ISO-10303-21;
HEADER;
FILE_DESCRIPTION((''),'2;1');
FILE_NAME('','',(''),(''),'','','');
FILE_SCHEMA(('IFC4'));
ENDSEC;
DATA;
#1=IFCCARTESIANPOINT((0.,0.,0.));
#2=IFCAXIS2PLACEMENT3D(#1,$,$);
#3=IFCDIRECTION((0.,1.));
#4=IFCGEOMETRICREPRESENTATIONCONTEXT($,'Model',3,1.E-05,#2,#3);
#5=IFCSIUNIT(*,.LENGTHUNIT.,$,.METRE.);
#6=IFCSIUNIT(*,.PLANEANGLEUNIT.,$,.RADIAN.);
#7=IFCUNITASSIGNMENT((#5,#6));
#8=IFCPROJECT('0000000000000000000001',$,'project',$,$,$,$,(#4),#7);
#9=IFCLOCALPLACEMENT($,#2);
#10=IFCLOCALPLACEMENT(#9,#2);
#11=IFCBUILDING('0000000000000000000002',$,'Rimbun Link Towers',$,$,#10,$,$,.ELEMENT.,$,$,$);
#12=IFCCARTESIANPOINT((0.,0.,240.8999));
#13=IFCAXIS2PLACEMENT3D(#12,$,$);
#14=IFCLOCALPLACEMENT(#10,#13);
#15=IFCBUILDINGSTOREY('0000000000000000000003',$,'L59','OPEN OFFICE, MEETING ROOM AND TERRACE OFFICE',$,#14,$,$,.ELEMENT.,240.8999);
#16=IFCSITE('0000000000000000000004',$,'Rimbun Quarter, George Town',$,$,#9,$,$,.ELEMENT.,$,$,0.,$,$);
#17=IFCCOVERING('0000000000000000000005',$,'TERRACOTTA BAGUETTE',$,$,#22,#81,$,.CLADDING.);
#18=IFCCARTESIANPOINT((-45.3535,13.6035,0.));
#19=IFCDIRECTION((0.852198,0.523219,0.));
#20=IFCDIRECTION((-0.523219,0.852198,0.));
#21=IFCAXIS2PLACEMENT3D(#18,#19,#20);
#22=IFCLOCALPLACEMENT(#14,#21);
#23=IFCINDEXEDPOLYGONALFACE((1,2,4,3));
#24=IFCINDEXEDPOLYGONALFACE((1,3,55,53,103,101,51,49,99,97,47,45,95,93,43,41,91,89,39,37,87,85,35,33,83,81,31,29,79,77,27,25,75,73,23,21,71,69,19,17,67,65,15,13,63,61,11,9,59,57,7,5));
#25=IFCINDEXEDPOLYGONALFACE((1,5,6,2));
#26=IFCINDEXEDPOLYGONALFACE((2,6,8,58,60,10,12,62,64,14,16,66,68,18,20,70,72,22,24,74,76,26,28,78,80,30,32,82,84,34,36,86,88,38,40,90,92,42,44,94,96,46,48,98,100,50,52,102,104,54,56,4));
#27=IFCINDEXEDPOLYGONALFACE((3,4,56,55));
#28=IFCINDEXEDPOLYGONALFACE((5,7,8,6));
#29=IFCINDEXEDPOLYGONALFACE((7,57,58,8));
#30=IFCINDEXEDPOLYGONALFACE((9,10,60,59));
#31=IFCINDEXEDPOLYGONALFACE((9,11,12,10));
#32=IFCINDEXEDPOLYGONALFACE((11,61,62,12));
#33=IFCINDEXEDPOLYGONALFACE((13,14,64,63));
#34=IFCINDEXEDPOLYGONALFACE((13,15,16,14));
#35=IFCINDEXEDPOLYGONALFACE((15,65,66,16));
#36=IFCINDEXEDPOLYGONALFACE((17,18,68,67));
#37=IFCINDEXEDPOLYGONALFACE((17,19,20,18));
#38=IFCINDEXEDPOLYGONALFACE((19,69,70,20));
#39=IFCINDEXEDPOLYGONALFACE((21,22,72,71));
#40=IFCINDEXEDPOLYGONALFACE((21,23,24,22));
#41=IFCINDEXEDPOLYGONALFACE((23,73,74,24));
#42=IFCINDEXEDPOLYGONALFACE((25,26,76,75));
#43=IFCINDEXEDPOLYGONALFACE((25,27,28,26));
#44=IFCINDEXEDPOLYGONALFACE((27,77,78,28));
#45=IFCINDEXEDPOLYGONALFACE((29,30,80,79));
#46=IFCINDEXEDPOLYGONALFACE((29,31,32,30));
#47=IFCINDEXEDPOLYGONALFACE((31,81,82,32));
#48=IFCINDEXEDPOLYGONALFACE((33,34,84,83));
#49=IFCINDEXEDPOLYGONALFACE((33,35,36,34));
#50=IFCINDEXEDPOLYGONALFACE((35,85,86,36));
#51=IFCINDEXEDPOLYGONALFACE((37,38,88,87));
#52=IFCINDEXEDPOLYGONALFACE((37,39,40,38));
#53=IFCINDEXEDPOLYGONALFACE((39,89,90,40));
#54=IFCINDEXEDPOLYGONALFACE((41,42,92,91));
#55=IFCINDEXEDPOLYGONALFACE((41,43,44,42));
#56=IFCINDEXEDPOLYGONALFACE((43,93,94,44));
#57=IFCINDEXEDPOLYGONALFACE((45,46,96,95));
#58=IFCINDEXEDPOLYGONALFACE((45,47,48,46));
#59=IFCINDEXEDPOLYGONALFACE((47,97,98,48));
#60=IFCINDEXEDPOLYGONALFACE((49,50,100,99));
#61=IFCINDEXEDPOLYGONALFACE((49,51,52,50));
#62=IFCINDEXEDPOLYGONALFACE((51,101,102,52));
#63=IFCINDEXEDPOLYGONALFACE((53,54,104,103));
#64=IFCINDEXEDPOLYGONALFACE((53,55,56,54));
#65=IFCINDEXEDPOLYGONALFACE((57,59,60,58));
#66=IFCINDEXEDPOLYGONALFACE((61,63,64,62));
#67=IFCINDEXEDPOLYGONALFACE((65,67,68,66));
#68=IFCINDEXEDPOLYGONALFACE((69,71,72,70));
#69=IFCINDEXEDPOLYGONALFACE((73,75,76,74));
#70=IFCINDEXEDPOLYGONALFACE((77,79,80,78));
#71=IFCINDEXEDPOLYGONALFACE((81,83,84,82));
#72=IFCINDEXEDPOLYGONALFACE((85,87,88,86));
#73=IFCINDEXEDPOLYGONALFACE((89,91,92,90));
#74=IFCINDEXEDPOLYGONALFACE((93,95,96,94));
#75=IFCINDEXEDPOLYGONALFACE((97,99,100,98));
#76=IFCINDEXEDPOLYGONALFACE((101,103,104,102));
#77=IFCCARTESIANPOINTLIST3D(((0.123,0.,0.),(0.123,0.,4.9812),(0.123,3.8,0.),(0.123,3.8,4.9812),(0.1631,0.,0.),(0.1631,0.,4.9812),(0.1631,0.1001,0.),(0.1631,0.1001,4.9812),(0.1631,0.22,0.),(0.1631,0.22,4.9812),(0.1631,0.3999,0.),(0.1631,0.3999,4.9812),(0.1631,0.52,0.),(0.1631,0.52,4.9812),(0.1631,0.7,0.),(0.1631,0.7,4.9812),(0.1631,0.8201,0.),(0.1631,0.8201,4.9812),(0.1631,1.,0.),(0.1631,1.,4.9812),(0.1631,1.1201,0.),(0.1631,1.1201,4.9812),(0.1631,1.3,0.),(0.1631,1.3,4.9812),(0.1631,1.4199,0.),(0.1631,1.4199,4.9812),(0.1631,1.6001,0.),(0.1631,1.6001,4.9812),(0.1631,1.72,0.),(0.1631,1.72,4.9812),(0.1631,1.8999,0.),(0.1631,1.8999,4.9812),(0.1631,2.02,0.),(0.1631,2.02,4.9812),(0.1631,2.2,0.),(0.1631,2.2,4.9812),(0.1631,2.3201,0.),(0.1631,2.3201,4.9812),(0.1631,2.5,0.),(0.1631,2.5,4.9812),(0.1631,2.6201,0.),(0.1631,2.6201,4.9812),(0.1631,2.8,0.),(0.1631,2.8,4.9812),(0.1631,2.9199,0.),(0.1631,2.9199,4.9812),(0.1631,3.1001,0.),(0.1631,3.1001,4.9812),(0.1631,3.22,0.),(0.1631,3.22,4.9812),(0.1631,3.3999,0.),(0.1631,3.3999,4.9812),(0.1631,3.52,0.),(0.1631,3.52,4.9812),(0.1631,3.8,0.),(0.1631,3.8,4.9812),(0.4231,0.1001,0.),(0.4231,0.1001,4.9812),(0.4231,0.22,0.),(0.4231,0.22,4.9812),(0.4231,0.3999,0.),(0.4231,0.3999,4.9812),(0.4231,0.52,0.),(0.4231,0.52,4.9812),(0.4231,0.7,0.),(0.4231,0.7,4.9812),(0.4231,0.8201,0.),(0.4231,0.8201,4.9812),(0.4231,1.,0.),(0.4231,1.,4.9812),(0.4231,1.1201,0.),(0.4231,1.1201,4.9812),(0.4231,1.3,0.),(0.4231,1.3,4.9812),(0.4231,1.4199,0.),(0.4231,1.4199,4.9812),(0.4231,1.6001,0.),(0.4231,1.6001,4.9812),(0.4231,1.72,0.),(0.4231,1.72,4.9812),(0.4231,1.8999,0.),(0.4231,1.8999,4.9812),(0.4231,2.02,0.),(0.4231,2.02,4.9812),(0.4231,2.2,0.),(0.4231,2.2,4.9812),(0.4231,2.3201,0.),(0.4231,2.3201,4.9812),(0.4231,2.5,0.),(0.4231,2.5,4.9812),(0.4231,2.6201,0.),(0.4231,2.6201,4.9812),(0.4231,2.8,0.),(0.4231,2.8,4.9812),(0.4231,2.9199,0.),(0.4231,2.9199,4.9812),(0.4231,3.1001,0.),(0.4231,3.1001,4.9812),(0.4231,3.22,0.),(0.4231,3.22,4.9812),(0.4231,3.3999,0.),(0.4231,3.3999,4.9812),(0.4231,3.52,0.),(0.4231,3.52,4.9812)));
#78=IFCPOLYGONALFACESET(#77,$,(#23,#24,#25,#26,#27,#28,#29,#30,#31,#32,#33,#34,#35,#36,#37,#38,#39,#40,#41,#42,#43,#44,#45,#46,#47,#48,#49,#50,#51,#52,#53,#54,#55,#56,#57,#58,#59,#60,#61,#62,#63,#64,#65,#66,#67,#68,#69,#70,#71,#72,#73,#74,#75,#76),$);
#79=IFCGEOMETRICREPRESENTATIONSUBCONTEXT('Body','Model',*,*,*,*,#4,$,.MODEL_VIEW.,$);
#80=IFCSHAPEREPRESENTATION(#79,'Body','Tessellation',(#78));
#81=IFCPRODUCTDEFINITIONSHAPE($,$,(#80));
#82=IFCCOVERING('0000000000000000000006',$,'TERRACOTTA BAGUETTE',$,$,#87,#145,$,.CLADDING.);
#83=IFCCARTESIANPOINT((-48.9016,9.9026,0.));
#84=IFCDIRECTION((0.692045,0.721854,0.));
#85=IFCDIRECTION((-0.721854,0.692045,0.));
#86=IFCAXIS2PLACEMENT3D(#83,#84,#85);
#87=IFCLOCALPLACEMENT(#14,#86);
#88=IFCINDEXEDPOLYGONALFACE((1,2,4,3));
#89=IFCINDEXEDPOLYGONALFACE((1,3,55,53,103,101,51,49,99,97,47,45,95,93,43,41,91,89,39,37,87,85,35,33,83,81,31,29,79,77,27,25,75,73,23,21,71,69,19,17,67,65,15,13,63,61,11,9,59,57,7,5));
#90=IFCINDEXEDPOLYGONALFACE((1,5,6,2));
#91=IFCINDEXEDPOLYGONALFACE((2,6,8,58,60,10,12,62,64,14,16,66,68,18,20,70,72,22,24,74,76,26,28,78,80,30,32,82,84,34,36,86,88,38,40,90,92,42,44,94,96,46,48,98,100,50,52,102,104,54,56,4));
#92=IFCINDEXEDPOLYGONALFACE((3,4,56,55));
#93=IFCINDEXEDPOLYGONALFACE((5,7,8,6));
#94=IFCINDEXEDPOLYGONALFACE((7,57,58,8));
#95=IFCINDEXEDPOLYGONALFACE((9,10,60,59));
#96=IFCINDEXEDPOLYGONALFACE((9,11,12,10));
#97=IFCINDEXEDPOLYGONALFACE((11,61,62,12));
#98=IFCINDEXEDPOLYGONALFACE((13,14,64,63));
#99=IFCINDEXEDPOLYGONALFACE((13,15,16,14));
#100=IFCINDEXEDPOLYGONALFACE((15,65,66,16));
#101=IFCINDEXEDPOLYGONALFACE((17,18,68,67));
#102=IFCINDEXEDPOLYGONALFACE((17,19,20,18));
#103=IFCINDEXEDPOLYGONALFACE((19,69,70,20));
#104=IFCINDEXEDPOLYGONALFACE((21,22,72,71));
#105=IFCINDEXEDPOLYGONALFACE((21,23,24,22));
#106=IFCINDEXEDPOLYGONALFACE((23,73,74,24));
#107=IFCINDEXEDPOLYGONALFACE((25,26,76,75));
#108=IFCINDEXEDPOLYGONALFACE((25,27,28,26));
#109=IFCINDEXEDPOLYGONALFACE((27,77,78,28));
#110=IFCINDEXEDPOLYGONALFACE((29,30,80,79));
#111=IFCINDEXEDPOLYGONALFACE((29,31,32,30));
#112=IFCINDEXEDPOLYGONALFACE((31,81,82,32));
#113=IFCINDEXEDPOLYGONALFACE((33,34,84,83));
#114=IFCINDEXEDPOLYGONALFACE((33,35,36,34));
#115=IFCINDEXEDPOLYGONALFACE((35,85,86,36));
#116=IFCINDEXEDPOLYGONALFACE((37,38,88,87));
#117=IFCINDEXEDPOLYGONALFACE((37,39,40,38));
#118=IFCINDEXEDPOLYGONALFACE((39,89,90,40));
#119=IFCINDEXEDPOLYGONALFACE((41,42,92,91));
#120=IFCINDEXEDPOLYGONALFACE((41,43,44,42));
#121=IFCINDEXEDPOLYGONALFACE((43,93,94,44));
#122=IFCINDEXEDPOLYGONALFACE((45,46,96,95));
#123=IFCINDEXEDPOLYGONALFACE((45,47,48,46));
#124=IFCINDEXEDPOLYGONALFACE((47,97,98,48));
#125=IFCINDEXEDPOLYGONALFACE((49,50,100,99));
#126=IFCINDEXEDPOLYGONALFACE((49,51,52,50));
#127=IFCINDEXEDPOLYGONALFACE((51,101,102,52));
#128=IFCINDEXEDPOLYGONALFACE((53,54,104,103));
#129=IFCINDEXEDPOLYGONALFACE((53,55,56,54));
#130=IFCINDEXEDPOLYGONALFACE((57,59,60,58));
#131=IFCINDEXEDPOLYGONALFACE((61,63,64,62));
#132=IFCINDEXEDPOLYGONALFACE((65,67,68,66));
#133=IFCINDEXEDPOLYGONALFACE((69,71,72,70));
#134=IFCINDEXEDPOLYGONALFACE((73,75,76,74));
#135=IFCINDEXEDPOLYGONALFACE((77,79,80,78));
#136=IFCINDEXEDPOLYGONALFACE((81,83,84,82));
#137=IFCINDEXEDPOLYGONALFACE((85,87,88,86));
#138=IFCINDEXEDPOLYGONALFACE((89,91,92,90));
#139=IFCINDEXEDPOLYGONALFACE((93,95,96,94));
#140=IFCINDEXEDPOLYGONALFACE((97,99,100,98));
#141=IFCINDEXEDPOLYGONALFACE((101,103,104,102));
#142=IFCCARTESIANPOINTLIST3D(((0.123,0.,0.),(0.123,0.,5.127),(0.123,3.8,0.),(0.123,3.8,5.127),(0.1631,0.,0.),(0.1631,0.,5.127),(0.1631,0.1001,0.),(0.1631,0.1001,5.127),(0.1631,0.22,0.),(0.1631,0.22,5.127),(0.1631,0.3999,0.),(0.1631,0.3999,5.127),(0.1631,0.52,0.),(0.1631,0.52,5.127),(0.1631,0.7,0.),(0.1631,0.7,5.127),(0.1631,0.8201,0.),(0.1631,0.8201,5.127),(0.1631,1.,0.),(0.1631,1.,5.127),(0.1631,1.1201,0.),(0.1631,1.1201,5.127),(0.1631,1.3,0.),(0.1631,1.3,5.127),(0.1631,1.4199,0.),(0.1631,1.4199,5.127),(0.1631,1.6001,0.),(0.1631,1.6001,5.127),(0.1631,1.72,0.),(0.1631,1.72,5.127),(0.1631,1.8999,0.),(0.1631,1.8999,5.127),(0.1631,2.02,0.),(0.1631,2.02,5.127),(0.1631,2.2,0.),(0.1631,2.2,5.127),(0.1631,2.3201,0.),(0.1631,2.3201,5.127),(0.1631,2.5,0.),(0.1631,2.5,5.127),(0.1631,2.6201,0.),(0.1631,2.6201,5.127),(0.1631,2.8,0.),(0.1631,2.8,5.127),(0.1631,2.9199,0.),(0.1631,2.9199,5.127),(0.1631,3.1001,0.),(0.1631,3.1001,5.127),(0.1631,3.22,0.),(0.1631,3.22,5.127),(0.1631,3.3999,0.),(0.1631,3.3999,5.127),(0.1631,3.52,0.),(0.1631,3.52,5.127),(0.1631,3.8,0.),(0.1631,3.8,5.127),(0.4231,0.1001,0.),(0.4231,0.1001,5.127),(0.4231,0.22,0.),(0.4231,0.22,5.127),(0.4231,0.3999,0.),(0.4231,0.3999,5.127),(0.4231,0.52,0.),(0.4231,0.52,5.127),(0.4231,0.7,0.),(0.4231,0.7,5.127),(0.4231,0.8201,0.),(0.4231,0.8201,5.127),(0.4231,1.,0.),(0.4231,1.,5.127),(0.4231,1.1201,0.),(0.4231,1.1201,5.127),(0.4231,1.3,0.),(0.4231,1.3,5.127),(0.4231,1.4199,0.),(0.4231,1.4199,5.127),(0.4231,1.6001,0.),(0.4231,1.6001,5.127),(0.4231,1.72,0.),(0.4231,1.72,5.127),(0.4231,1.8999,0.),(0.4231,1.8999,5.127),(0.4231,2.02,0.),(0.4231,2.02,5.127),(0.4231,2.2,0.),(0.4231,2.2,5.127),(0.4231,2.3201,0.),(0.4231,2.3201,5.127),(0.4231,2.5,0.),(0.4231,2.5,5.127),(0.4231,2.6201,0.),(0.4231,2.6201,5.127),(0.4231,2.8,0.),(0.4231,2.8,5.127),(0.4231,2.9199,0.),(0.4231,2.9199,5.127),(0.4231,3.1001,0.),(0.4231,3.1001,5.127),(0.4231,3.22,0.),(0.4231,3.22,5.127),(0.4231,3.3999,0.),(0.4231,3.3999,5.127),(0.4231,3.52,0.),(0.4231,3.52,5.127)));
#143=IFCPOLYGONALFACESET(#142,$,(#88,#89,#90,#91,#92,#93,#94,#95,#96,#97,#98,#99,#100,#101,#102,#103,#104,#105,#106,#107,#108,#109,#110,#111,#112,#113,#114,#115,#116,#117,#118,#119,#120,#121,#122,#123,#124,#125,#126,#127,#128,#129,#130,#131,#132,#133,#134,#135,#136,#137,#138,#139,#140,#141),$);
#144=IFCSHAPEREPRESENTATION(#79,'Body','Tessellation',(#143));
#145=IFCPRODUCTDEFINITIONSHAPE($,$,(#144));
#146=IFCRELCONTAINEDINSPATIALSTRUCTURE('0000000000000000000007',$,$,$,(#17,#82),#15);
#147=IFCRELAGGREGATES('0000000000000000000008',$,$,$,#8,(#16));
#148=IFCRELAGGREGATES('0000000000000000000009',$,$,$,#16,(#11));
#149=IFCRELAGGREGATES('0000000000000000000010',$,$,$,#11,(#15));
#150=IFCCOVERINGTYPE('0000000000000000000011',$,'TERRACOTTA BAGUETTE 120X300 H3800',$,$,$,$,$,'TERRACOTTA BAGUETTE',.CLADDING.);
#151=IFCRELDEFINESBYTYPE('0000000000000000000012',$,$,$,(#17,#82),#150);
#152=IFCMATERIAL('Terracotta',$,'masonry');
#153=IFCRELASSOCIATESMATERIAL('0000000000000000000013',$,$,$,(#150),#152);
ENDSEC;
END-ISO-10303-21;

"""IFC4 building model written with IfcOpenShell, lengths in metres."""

from ifc_helpers import new_model, si_unit, direction, frame, origin, place, context, subcontext, project, spatial, polyline, outline, extrude, material, material_profile, profile_set, type_object, element, save


model = new_model("IFC4")

# Units and contexts
model_context = context("Model", 3, precision=1e-05, world=origin(), true_north=direction((0.0, 1.0)))
body_context = subcontext(model_context, "Body", "Model", "MODEL_VIEW")
ifc_project = project(units=[si_unit("LENGTHUNIT", "METRE"), si_unit("PLANEANGLEUNIT", "RADIAN")], contexts=[model_context])

# Site, building, storey
site_placement = place(None, origin())
site = spatial("IfcSite", under=ifc_project, at=site_placement, Name="Rimbun Quarter, George Town", CompositionType="ELEMENT", RefElevation=0.0)
building_placement = place(site_placement, origin())
building = spatial("IfcBuilding", under=site, at=building_placement, Name="Rimbun Link Towers", CompositionType="ELEMENT")
storey_placement = place(building_placement, frame((0.0, 0.0, 240.8999)))
storey = spatial("IfcBuildingStorey", under=building, at=storey_placement, Name="L59", Description="OPEN OFFICE, MEETING ROOM AND TERRACE OFFICE", CompositionType="ELEMENT", Elevation=240.8999)

# Coverings
ifc_material_1 = material(Name="Terracotta", Category="masonry")
ifc_material_profile_1 = material_profile(ifc_material_1, outline(polyline([(0.123, 0.0), (0.1631, 0.0), (0.1631, 0.1001), (0.4231, 0.1001), (0.4231, 0.22), (0.1631, 0.22), (0.1631, 0.3999), (0.4231, 0.3999), (0.4231, 0.52), (0.1631, 0.52), (0.1631, 0.7), (0.4231, 0.7), (0.4231, 0.8201), (0.1631, 0.8201), (0.1631, 1.0), (0.4231, 1.0), (0.4231, 1.1201), (0.1631, 1.1201), (0.1631, 1.3), (0.4231, 1.3), (0.4231, 1.4199), (0.1631, 1.4199), (0.1631, 1.6001), (0.4231, 1.6001), (0.4231, 1.72), (0.1631, 1.72), (0.1631, 1.8999), (0.4231, 1.8999), (0.4231, 2.02), (0.1631, 2.02), (0.1631, 2.2), (0.4231, 2.2), (0.4231, 2.3201), (0.1631, 2.3201), (0.1631, 2.5), (0.4231, 2.5), (0.4231, 2.6201), (0.1631, 2.6201), (0.1631, 2.8), (0.4231, 2.8), (0.4231, 2.9199), (0.1631, 2.9199), (0.1631, 3.1001), (0.4231, 3.1001), (0.4231, 3.22), (0.1631, 3.22), (0.1631, 3.3999), (0.4231, 3.3999), (0.4231, 3.52), (0.1631, 3.52), (0.1631, 3.8), (0.123, 3.8), (0.123, 0.0)])), Name="BAGUETTE 120X300")
ifc_profile_set_1 = profile_set([ifc_material_profile_1], Name="Terracotta")
covering_type = type_object("IfcCoveringType", Name="TERRACOTTA BAGUETTE 120X300 H3800", ElementType="TERRACOTTA BAGUETTE", PredefinedType="CLADDING", material=ifc_profile_set_1)
covering_1_placement = place(storey_placement, frame((-45.3535, 13.6035, 0.0), z_axis=(0.852198, 0.523219, 0.0), x_axis=(-0.523219, 0.852198, 0.0)))
element("IfcCovering", 1, at=covering_1_placement, inside=storey, type_object=covering_type, Name="TERRACOTTA BAGUETTE", PredefinedType="CLADDING", context=body_context, shape_type="SweptSolid", body=[
    extrude(outline(polyline([(0.123, 0.0), (0.1631, 0.0), (0.1631, 0.1001), (0.4231, 0.1001), (0.4231, 0.22), (0.1631, 0.22), (0.1631, 0.3999), (0.4231, 0.3999), (0.4231, 0.52), (0.1631, 0.52), (0.1631, 0.7), (0.4231, 0.7), (0.4231, 0.8201), (0.1631, 0.8201), (0.1631, 1.0), (0.4231, 1.0), (0.4231, 1.1201), (0.1631, 1.1201), (0.1631, 1.3), (0.4231, 1.3), (0.4231, 1.4199), (0.1631, 1.4199), (0.1631, 1.6001), (0.4231, 1.6001), (0.4231, 1.72), (0.1631, 1.72), (0.1631, 1.8999), (0.4231, 1.8999), (0.4231, 2.02), (0.1631, 2.02), (0.1631, 2.2), (0.4231, 2.2), (0.4231, 2.3201), (0.1631, 2.3201), (0.1631, 2.5), (0.4231, 2.5), (0.4231, 2.6201), (0.1631, 2.6201), (0.1631, 2.8), (0.4231, 2.8), (0.4231, 2.9199), (0.1631, 2.9199), (0.1631, 3.1001), (0.4231, 3.1001), (0.4231, 3.22), (0.1631, 3.22), (0.1631, 3.3999), (0.4231, 3.3999), (0.4231, 3.52), (0.1631, 3.52), (0.1631, 3.8), (0.123, 3.8), (0.123, 0.0)])), origin(), (0.0, 0.0, 1.0), 4.9812),
])
covering_2_placement = place(storey_placement, frame((-48.9016, 9.9026, 0.0), z_axis=(0.692045, 0.721854, 0.0), x_axis=(-0.721854, 0.692045, 0.0)))
element("IfcCovering", 2, at=covering_2_placement, inside=storey, type_object=covering_type, Name="TERRACOTTA BAGUETTE", PredefinedType="CLADDING", context=body_context, shape_type="SweptSolid", body=[
    extrude(outline(polyline([(0.123, 0.0), (0.1631, 0.0), (0.1631, 0.1001), (0.4231, 0.1001), (0.4231, 0.22), (0.1631, 0.22), (0.1631, 0.3999), (0.4231, 0.3999), (0.4231, 0.52), (0.1631, 0.52), (0.1631, 0.7), (0.4231, 0.7), (0.4231, 0.8201), (0.1631, 0.8201), (0.1631, 1.0), (0.4231, 1.0), (0.4231, 1.1201), (0.1631, 1.1201), (0.1631, 1.3), (0.4231, 1.3), (0.4231, 1.4199), (0.1631, 1.4199), (0.1631, 1.6001), (0.4231, 1.6001), (0.4231, 1.72), (0.1631, 1.72), (0.1631, 1.8999), (0.4231, 1.8999), (0.4231, 2.02), (0.1631, 2.02), (0.1631, 2.2), (0.4231, 2.2), (0.4231, 2.3201), (0.1631, 2.3201), (0.1631, 2.5), (0.4231, 2.5), (0.4231, 2.6201), (0.1631, 2.6201), (0.1631, 2.8), (0.4231, 2.8), (0.4231, 2.9199), (0.1631, 2.9199), (0.1631, 3.1001), (0.4231, 3.1001), (0.4231, 3.22), (0.1631, 3.22), (0.1631, 3.3999), (0.4231, 3.3999), (0.4231, 3.52), (0.1631, 3.52), (0.1631, 3.8), (0.123, 3.8), (0.123, 0.0)])), origin(), (0.0, 0.0, 1.0), 5.127),
])

save(model, "model.ifc")
